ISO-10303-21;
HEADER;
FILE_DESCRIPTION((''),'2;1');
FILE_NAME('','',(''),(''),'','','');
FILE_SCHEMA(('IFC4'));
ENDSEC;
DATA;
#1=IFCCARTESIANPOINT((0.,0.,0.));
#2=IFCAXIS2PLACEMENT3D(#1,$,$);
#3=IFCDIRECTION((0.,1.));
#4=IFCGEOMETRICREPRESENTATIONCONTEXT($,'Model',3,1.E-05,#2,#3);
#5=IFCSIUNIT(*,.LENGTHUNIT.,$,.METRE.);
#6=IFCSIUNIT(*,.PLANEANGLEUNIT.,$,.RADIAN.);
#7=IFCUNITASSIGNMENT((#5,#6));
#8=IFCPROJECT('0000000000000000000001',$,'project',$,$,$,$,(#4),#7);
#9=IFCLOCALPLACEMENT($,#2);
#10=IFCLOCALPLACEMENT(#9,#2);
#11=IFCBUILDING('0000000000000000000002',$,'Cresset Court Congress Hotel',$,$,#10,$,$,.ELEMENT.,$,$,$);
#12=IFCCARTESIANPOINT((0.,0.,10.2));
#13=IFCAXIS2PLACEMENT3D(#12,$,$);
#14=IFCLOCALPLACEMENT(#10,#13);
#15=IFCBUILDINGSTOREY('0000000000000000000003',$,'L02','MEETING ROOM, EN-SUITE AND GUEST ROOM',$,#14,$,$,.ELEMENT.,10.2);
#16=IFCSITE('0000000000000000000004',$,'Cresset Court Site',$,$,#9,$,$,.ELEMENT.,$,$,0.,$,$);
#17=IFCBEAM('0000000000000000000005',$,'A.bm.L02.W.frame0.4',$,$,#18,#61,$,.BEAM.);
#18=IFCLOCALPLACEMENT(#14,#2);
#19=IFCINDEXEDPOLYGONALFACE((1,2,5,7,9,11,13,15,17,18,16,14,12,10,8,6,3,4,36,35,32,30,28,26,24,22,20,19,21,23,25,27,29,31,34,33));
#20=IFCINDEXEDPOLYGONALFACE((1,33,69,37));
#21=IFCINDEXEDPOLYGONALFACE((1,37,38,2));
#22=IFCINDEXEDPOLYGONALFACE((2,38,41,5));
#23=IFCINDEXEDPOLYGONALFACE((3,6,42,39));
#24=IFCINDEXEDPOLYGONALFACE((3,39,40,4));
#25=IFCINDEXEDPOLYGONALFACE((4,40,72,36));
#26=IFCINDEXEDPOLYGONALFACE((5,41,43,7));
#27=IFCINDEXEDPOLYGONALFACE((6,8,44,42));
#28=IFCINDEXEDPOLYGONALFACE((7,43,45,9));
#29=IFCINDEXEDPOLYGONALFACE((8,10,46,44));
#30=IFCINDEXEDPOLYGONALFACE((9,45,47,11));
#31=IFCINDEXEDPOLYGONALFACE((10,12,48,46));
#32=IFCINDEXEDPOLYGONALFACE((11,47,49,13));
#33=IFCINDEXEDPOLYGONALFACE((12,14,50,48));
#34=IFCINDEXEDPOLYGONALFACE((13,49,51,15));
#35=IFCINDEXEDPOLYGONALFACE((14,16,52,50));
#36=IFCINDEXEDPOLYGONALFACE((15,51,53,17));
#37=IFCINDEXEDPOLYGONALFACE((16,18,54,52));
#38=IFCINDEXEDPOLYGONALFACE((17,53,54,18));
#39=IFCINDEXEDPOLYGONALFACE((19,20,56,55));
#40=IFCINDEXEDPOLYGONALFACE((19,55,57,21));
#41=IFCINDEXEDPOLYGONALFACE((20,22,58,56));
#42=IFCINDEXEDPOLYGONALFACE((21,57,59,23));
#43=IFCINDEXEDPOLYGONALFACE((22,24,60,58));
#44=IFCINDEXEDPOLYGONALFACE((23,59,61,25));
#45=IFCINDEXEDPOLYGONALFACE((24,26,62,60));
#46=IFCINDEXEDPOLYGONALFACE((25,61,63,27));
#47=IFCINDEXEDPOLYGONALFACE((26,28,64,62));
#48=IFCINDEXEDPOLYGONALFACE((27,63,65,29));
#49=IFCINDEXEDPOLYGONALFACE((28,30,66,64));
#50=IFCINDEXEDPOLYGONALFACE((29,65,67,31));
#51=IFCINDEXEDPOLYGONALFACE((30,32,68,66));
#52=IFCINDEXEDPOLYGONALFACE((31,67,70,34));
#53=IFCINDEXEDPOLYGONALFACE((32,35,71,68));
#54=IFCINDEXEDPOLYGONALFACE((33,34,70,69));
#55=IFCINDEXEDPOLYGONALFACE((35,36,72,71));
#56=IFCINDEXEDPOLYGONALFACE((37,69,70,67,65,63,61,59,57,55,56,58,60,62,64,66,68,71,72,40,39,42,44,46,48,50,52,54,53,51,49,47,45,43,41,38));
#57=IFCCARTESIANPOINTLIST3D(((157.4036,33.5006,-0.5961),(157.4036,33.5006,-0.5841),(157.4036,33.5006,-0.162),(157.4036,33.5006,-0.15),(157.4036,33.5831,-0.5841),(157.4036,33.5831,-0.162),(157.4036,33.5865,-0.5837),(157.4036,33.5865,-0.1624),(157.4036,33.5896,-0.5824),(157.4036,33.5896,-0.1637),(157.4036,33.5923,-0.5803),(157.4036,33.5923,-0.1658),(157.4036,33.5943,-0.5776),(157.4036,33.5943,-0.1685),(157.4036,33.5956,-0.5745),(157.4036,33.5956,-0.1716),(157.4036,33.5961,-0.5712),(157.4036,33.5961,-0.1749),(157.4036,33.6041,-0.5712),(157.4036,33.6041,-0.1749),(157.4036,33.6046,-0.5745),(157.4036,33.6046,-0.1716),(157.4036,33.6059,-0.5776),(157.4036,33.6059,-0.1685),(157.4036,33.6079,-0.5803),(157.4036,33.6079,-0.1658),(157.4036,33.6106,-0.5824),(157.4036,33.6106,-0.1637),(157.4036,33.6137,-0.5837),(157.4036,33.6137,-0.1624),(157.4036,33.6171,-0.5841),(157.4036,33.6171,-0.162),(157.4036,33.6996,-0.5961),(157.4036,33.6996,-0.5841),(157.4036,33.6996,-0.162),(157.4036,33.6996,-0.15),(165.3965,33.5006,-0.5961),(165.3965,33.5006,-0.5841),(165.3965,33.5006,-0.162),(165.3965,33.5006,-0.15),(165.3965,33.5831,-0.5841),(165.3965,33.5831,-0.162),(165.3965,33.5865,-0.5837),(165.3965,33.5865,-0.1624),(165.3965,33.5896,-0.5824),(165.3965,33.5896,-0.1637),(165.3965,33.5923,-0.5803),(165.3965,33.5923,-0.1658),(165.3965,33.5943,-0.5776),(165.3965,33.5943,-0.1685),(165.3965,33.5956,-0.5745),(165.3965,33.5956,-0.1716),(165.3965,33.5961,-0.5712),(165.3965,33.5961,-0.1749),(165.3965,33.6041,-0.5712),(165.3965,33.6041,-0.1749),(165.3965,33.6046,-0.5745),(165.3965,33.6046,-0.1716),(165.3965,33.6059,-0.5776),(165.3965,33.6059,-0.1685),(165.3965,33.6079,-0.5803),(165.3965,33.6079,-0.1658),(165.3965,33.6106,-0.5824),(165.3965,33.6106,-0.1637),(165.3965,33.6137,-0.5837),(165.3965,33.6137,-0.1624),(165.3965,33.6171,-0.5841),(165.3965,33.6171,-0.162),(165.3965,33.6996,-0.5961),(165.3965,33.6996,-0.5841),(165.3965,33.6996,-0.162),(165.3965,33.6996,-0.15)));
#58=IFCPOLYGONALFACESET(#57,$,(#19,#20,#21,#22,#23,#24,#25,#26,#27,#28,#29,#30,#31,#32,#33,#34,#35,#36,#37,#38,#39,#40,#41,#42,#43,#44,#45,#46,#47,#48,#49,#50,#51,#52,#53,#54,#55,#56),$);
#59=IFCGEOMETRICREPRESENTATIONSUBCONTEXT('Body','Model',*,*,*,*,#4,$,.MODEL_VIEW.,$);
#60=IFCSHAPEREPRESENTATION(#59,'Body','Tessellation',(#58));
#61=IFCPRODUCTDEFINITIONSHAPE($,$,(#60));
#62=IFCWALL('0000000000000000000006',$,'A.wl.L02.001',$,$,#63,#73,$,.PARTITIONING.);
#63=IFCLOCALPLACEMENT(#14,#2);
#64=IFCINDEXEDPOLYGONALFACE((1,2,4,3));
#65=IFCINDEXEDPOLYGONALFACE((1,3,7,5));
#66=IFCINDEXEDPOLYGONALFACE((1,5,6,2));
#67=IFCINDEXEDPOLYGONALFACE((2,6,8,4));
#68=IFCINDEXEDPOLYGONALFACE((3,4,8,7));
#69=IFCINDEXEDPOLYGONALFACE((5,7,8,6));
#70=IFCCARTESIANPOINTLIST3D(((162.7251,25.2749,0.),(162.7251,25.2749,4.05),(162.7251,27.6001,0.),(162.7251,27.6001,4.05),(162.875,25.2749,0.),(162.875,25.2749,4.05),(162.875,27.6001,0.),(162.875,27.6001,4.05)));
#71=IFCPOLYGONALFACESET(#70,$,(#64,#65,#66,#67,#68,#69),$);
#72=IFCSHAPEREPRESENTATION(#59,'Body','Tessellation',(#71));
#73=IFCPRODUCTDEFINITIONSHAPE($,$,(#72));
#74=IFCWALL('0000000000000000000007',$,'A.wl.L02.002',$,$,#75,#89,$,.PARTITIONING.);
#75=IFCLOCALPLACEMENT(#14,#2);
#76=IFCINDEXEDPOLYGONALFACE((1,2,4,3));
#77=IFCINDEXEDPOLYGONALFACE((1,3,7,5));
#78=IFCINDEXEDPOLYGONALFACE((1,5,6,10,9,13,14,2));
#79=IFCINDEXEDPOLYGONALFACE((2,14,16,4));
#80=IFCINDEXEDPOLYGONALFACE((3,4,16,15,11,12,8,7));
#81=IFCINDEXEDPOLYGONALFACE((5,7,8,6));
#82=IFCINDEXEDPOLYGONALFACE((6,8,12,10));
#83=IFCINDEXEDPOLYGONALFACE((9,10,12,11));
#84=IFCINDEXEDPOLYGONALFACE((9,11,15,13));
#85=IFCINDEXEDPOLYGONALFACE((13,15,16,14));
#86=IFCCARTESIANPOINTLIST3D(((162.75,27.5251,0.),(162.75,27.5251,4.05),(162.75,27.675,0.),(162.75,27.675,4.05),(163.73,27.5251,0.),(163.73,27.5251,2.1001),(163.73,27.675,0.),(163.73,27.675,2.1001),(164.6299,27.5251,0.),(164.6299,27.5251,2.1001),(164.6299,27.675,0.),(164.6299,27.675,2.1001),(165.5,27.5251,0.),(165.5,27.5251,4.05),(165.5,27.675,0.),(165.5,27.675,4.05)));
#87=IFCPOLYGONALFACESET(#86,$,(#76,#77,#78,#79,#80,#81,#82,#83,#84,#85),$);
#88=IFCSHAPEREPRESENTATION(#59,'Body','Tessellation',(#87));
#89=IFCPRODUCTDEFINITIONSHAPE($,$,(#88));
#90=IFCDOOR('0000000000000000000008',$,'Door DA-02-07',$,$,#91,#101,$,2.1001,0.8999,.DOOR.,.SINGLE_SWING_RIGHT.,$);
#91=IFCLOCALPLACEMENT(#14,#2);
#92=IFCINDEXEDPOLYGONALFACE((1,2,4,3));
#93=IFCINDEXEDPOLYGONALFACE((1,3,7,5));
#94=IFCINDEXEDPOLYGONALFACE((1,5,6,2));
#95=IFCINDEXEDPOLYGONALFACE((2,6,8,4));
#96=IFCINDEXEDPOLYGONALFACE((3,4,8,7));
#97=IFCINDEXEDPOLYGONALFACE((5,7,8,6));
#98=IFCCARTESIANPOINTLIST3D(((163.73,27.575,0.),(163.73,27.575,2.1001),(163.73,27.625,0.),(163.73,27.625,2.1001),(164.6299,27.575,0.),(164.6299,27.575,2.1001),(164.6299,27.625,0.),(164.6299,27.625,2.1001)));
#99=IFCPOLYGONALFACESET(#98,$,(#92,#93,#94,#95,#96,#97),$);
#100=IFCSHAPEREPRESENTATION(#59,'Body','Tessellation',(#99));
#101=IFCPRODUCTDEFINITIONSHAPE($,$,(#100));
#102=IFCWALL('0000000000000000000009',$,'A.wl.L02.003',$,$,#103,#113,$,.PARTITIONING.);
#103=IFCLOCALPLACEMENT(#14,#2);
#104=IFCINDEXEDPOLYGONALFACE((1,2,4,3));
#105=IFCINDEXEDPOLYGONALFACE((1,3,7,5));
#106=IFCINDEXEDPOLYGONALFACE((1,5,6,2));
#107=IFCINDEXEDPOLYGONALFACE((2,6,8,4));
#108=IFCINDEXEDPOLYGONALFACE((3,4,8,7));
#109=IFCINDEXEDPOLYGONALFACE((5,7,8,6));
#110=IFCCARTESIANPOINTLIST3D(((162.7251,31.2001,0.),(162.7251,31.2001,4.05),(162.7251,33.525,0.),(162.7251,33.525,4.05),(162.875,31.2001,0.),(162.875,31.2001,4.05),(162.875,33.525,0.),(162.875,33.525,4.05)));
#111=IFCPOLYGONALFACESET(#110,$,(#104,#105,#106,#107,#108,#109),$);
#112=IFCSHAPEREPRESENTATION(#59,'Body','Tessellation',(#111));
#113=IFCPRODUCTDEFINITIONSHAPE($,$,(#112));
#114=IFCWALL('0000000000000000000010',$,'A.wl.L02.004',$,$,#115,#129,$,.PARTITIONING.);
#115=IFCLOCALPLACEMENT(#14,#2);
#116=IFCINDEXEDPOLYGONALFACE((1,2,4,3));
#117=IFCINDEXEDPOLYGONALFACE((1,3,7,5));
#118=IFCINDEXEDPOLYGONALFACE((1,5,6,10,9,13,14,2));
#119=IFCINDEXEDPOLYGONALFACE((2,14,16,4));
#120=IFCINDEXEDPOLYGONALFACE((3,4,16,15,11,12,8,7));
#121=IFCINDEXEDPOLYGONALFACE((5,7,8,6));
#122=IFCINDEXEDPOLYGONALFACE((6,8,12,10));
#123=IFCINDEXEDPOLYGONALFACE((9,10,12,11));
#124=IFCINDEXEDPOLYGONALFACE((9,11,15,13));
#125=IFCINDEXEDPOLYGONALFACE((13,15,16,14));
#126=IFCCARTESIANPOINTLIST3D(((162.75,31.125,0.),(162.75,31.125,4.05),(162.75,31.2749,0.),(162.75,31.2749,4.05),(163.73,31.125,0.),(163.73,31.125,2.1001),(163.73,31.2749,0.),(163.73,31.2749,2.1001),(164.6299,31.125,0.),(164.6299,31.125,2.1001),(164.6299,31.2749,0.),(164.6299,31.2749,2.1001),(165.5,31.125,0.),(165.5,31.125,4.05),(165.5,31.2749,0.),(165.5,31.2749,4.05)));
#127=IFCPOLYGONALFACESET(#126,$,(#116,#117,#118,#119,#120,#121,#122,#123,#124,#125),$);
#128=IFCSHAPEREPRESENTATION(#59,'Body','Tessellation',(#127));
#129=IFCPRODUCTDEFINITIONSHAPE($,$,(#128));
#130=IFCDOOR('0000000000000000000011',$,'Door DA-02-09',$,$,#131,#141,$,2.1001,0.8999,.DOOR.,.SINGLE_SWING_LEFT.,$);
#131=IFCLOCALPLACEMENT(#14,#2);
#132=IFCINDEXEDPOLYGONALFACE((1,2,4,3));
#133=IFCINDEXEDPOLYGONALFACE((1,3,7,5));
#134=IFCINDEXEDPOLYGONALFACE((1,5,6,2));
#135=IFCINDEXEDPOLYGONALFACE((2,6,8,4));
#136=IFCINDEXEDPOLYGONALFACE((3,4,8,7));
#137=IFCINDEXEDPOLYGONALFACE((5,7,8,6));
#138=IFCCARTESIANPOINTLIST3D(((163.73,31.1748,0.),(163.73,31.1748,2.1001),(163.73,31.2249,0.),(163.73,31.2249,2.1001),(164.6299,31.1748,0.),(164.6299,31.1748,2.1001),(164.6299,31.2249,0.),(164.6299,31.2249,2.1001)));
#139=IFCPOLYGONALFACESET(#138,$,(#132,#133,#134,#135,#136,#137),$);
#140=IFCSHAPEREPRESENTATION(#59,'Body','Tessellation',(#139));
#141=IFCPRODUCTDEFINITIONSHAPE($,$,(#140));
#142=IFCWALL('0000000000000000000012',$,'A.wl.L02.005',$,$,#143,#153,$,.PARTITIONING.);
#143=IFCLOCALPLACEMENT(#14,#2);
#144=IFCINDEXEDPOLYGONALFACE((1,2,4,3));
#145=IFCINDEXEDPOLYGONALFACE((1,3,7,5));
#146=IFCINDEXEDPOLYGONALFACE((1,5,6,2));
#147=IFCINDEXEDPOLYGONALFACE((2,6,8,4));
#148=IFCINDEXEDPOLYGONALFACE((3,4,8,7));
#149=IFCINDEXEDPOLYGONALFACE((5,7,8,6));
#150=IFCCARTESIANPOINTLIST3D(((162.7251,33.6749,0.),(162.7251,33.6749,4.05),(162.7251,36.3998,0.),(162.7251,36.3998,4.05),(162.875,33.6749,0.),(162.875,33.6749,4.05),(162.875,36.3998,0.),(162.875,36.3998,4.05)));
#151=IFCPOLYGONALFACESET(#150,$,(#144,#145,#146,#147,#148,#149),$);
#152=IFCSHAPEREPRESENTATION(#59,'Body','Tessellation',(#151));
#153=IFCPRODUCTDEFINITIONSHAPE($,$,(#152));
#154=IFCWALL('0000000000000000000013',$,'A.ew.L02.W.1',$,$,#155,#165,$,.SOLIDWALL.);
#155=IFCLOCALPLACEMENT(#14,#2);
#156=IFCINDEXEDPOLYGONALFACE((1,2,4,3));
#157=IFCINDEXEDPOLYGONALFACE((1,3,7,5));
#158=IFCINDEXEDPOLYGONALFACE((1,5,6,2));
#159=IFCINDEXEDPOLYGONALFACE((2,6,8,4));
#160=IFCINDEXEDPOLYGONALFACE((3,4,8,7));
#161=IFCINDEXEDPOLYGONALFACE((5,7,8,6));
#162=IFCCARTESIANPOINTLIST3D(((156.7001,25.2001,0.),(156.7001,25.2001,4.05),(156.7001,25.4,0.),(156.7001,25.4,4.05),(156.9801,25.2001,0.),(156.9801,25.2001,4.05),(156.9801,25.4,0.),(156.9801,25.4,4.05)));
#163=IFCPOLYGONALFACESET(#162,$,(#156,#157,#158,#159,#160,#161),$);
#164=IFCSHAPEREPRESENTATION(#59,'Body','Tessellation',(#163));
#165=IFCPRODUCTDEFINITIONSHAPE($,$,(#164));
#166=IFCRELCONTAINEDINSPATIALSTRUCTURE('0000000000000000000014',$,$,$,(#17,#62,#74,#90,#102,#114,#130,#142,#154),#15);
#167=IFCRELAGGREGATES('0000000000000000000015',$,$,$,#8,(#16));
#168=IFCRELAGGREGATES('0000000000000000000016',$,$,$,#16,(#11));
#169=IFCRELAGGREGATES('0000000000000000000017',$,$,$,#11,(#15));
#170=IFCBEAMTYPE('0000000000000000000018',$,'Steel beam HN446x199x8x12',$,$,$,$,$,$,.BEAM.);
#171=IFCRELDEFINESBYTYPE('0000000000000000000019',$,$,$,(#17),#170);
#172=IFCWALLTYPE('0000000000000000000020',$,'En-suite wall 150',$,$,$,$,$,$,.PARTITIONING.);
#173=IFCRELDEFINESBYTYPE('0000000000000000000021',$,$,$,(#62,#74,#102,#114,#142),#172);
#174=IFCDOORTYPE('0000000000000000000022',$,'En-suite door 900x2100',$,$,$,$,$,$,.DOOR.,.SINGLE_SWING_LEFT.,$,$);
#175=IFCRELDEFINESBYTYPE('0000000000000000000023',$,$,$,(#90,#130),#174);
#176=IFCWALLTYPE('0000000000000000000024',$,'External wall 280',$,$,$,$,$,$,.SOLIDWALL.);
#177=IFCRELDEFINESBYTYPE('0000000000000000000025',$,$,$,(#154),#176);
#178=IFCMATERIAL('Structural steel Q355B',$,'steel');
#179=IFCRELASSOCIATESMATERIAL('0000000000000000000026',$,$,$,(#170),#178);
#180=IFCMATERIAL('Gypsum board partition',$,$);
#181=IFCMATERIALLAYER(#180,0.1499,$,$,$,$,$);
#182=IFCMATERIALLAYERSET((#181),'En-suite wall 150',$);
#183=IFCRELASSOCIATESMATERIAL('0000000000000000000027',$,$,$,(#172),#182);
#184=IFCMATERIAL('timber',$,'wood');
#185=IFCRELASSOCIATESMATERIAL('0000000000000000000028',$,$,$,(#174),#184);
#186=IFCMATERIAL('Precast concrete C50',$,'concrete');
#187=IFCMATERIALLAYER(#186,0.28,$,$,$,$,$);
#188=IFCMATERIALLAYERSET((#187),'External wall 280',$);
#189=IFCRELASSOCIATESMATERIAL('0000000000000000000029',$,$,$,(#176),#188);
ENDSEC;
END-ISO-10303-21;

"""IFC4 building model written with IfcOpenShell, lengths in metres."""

from ifc_helpers import new_model, si_unit, direction, frame, frame_2d, origin, origin_2d, place, context, subcontext, project, spatial, rectangle, i_section, extrude, material, layer, layer_set, material_profile, profile_set, type_object, element, fill, save


model = new_model("IFC4")

# Units and contexts
model_context = context("Model", 3, precision=1e-05, world=origin(), true_north=direction((0.0, 1.0)))
body_context = subcontext(model_context, "Body", "Model", "MODEL_VIEW")
ifc_project = project(units=[si_unit("LENGTHUNIT", "METRE"), si_unit("PLANEANGLEUNIT", "RADIAN")], contexts=[model_context])

# Site, building, storey
site_placement = place(None, origin())
site = spatial("IfcSite", under=ifc_project, at=site_placement, Name="Cresset Court Site", CompositionType="ELEMENT", RefElevation=0.0)
building_placement = place(site_placement, origin())
building = spatial("IfcBuilding", under=site, at=building_placement, Name="Cresset Court Congress Hotel", CompositionType="ELEMENT")
storey_placement = place(building_placement, frame((0.0, 0.0, 10.2)))
storey = spatial("IfcBuildingStorey", under=building, at=storey_placement, Name="L02", Description="MEETING ROOM, EN-SUITE AND GUEST ROOM", CompositionType="ELEMENT", Elevation=10.2)

# Beam
ifc_material_1 = material(Name="Structural steel Q355B", Category="steel")
ifc_material_profile_1 = material_profile(ifc_material_1, i_section(OverallWidth=0.199, OverallDepth=0.446, WebThickness=0.0081, FlangeThickness=0.012, FilletRadius=0.0129, at=origin_2d()), Name="HN446x199x8x12")
ifc_profile_set_1 = profile_set([ifc_material_profile_1], Name="Structural steel Q355B")
beam_type = type_object("IfcBeamType", Name="Steel beam HN446x199x8x12", PredefinedType="BEAM", material=ifc_profile_set_1)
beam_1_placement = place(storey_placement, frame((157.4036, 33.6001, -0.373), z_axis=(1.0, 0.0, 0.0), x_axis=(0.0, 1.0, 0.0)))
element("IfcBeam", 1, at=beam_1_placement, inside=storey, type_object=beam_type, Name="A.bm.L02.W.frame0.4", PredefinedType="BEAM", context=body_context, shape_type="SweptSolid", body=[
    extrude(i_section(OverallWidth=0.199, OverallDepth=0.446, WebThickness=0.0081, FlangeThickness=0.012, FilletRadius=0.0129, at=origin_2d()), origin(), (0.0, 0.0, 1.0), 7.9929),
])

# Wall
ifc_material_2 = material(Name="Gypsum board partition")
ifc_layer_1 = layer(ifc_material_2, 0.1499)
ifc_layer_set_1 = layer_set([ifc_layer_1], Name="En-suite wall 150")
wall_type_1 = type_object("IfcWallType", Name="En-suite wall 150", PredefinedType="PARTITIONING", material=ifc_layer_set_1)
wall_1_placement = place(storey_placement, frame((162.8, 25.2749, 0.0), z_axis=(0.0, 0.0, 1.0), x_axis=(0.0, 1.0, 0.0)))
element("IfcWall", 2, at=wall_1_placement, inside=storey, type_object=wall_type_1, Name="A.wl.L02.001", PredefinedType="PARTITIONING", context=body_context, shape_type="SweptSolid", body=[
    extrude(rectangle(XDim=2.3252, YDim=0.1499, at=frame_2d((1.1626, 0.0))), origin(), (0.0, 0.0, 1.0), 4.05),
])

# Wall, opening, door
wall_2_placement = place(storey_placement, frame((162.75, 27.6001, 0.0), z_axis=(0.0, 0.0, 1.0), x_axis=(1.0, 0.0, 0.0)))
wall_2 = element("IfcWall", 3, at=wall_2_placement, inside=storey, type_object=wall_type_1, Name="A.wl.L02.002", PredefinedType="PARTITIONING", context=body_context, shape_type="SweptSolid", body=[
    extrude(rectangle(XDim=2.75, YDim=0.1499, at=frame_2d((1.375, 0.0))), origin(), (0.0, 0.0, 1.0), 4.05),
])
opening_1_placement = place(wall_2_placement, frame((0.98, 0.0, 0.0)))
opening_1 = element("IfcOpeningElement", 4, at=opening_1_placement, cuts=wall_2, PredefinedType="OPENING", context=body_context, shape_type="SweptSolid", body=[
    extrude(rectangle(XDim=0.8999, YDim=2.1001, at=frame_2d((0.45, 1.05))), frame((0.0, 0.085, 0.0), z_axis=(0.0, -1.0, 0.0), x_axis=(1.0, 0.0, 0.0)), (0.0, 0.0, 1.0), 0.1699),
])
ifc_material_3 = material(Name="timber", Category="wood")
door_type = type_object("IfcDoorType", Name="En-suite door 900x2100", OperationType="SINGLE_SWING_LEFT", PredefinedType="DOOR", material=ifc_material_3)
door_1_placement = place(opening_1_placement, origin())
door_1 = element("IfcDoor", 5, at=door_1_placement, inside=storey, type_object=door_type, Name="Door DA-02-07", OperationType="SINGLE_SWING_RIGHT", OverallHeight=2.1001, OverallWidth=0.8999, PredefinedType="DOOR", context=body_context, shape_type="SweptSolid", body=[
    extrude(rectangle(XDim=0.8999, YDim=2.1001, at=frame_2d((0.45, 1.05))), frame((0.0, 0.0249, 0.0), z_axis=(0.0, -1.0, 0.0), x_axis=(1.0, 0.0, 0.0)), (0.0, 0.0, 1.0), 0.05),
])
fill(opening_1, door_1)

# Wall
wall_3_placement = place(storey_placement, frame((162.8, 31.2, 0.0), z_axis=(0.0, 0.0, 1.0), x_axis=(0.0, 1.0, 0.0)))
element("IfcWall", 6, at=wall_3_placement, inside=storey, type_object=wall_type_1, Name="A.wl.L02.003", PredefinedType="PARTITIONING", context=body_context, shape_type="SweptSolid", body=[
    extrude(rectangle(XDim=2.325, YDim=0.1499, at=frame_2d((1.1626, 0.0))), origin(), (0.0, 0.0, 1.0), 4.05),
])

# Wall, opening, door
wall_4_placement = place(storey_placement, frame((162.75, 31.2, 0.0), z_axis=(0.0, 0.0, 1.0), x_axis=(1.0, 0.0, 0.0)))
wall_4 = element("IfcWall", 7, at=wall_4_placement, inside=storey, type_object=wall_type_1, Name="A.wl.L02.004", PredefinedType="PARTITIONING", context=body_context, shape_type="SweptSolid", body=[
    extrude(rectangle(XDim=2.75, YDim=0.1499, at=frame_2d((1.375, 0.0))), origin(), (0.0, 0.0, 1.0), 4.05),
])
opening_2_placement = place(wall_4_placement, frame((0.98, 0.0, 0.0)))
opening_2 = element("IfcOpeningElement", 8, at=opening_2_placement, cuts=wall_4, PredefinedType="OPENING", context=body_context, shape_type="SweptSolid", body=[
    extrude(rectangle(XDim=0.8999, YDim=2.1001, at=frame_2d((0.45, 1.05))), frame((0.0, 0.085, 0.0), z_axis=(0.0, -1.0, 0.0), x_axis=(1.0, 0.0, 0.0)), (0.0, 0.0, 1.0), 0.1699),
])
door_2_placement = place(opening_2_placement, origin())
door_2 = element("IfcDoor", 9, at=door_2_placement, inside=storey, type_object=door_type, Name="Door DA-02-09", OperationType="SINGLE_SWING_LEFT", OverallHeight=2.1001, OverallWidth=0.8999, PredefinedType="DOOR", context=body_context, shape_type="SweptSolid", body=[
    extrude(rectangle(XDim=0.8999, YDim=2.1001, at=frame_2d((0.45, 1.05))), frame((0.0, 0.0249, 0.0), z_axis=(0.0, -1.0, 0.0), x_axis=(1.0, 0.0, 0.0)), (0.0, 0.0, 1.0), 0.05),
])
fill(opening_2, door_2)

# Walls
wall_5_placement = place(storey_placement, frame((162.8, 33.675, 0.0), z_axis=(0.0, 0.0, 1.0), x_axis=(0.0, 1.0, 0.0)))
element("IfcWall", 10, at=wall_5_placement, inside=storey, type_object=wall_type_1, Name="A.wl.L02.005", PredefinedType="PARTITIONING", context=body_context, shape_type="SweptSolid", body=[
    extrude(rectangle(XDim=2.7249, YDim=0.1499, at=frame_2d((1.3623, 0.0))), origin(), (0.0, 0.0, 1.0), 4.05),
])
ifc_material_4 = material(Name="Precast concrete C50", Category="concrete")
ifc_layer_2 = layer(ifc_material_4, 0.28)
ifc_layer_set_2 = layer_set([ifc_layer_2], Name="External wall 280")
wall_type_2 = type_object("IfcWallType", Name="External wall 280", PredefinedType="SOLIDWALL", material=ifc_layer_set_2)
wall_6_placement = place(storey_placement, frame((156.8401, 25.2, 0.0), z_axis=(0.0, 0.0, 1.0), x_axis=(0.0, 1.0, 0.0)))
element("IfcWall", 11, at=wall_6_placement, inside=storey, type_object=wall_type_2, Name="A.ew.L02.W.1", PredefinedType="SOLIDWALL", context=body_context, shape_type="SweptSolid", body=[
    extrude(rectangle(XDim=0.2, YDim=0.28, at=frame_2d((0.1001, 0.0))), origin(), (0.0, 0.0, 1.0), 4.05),
])

save(model, "model.ifc")
